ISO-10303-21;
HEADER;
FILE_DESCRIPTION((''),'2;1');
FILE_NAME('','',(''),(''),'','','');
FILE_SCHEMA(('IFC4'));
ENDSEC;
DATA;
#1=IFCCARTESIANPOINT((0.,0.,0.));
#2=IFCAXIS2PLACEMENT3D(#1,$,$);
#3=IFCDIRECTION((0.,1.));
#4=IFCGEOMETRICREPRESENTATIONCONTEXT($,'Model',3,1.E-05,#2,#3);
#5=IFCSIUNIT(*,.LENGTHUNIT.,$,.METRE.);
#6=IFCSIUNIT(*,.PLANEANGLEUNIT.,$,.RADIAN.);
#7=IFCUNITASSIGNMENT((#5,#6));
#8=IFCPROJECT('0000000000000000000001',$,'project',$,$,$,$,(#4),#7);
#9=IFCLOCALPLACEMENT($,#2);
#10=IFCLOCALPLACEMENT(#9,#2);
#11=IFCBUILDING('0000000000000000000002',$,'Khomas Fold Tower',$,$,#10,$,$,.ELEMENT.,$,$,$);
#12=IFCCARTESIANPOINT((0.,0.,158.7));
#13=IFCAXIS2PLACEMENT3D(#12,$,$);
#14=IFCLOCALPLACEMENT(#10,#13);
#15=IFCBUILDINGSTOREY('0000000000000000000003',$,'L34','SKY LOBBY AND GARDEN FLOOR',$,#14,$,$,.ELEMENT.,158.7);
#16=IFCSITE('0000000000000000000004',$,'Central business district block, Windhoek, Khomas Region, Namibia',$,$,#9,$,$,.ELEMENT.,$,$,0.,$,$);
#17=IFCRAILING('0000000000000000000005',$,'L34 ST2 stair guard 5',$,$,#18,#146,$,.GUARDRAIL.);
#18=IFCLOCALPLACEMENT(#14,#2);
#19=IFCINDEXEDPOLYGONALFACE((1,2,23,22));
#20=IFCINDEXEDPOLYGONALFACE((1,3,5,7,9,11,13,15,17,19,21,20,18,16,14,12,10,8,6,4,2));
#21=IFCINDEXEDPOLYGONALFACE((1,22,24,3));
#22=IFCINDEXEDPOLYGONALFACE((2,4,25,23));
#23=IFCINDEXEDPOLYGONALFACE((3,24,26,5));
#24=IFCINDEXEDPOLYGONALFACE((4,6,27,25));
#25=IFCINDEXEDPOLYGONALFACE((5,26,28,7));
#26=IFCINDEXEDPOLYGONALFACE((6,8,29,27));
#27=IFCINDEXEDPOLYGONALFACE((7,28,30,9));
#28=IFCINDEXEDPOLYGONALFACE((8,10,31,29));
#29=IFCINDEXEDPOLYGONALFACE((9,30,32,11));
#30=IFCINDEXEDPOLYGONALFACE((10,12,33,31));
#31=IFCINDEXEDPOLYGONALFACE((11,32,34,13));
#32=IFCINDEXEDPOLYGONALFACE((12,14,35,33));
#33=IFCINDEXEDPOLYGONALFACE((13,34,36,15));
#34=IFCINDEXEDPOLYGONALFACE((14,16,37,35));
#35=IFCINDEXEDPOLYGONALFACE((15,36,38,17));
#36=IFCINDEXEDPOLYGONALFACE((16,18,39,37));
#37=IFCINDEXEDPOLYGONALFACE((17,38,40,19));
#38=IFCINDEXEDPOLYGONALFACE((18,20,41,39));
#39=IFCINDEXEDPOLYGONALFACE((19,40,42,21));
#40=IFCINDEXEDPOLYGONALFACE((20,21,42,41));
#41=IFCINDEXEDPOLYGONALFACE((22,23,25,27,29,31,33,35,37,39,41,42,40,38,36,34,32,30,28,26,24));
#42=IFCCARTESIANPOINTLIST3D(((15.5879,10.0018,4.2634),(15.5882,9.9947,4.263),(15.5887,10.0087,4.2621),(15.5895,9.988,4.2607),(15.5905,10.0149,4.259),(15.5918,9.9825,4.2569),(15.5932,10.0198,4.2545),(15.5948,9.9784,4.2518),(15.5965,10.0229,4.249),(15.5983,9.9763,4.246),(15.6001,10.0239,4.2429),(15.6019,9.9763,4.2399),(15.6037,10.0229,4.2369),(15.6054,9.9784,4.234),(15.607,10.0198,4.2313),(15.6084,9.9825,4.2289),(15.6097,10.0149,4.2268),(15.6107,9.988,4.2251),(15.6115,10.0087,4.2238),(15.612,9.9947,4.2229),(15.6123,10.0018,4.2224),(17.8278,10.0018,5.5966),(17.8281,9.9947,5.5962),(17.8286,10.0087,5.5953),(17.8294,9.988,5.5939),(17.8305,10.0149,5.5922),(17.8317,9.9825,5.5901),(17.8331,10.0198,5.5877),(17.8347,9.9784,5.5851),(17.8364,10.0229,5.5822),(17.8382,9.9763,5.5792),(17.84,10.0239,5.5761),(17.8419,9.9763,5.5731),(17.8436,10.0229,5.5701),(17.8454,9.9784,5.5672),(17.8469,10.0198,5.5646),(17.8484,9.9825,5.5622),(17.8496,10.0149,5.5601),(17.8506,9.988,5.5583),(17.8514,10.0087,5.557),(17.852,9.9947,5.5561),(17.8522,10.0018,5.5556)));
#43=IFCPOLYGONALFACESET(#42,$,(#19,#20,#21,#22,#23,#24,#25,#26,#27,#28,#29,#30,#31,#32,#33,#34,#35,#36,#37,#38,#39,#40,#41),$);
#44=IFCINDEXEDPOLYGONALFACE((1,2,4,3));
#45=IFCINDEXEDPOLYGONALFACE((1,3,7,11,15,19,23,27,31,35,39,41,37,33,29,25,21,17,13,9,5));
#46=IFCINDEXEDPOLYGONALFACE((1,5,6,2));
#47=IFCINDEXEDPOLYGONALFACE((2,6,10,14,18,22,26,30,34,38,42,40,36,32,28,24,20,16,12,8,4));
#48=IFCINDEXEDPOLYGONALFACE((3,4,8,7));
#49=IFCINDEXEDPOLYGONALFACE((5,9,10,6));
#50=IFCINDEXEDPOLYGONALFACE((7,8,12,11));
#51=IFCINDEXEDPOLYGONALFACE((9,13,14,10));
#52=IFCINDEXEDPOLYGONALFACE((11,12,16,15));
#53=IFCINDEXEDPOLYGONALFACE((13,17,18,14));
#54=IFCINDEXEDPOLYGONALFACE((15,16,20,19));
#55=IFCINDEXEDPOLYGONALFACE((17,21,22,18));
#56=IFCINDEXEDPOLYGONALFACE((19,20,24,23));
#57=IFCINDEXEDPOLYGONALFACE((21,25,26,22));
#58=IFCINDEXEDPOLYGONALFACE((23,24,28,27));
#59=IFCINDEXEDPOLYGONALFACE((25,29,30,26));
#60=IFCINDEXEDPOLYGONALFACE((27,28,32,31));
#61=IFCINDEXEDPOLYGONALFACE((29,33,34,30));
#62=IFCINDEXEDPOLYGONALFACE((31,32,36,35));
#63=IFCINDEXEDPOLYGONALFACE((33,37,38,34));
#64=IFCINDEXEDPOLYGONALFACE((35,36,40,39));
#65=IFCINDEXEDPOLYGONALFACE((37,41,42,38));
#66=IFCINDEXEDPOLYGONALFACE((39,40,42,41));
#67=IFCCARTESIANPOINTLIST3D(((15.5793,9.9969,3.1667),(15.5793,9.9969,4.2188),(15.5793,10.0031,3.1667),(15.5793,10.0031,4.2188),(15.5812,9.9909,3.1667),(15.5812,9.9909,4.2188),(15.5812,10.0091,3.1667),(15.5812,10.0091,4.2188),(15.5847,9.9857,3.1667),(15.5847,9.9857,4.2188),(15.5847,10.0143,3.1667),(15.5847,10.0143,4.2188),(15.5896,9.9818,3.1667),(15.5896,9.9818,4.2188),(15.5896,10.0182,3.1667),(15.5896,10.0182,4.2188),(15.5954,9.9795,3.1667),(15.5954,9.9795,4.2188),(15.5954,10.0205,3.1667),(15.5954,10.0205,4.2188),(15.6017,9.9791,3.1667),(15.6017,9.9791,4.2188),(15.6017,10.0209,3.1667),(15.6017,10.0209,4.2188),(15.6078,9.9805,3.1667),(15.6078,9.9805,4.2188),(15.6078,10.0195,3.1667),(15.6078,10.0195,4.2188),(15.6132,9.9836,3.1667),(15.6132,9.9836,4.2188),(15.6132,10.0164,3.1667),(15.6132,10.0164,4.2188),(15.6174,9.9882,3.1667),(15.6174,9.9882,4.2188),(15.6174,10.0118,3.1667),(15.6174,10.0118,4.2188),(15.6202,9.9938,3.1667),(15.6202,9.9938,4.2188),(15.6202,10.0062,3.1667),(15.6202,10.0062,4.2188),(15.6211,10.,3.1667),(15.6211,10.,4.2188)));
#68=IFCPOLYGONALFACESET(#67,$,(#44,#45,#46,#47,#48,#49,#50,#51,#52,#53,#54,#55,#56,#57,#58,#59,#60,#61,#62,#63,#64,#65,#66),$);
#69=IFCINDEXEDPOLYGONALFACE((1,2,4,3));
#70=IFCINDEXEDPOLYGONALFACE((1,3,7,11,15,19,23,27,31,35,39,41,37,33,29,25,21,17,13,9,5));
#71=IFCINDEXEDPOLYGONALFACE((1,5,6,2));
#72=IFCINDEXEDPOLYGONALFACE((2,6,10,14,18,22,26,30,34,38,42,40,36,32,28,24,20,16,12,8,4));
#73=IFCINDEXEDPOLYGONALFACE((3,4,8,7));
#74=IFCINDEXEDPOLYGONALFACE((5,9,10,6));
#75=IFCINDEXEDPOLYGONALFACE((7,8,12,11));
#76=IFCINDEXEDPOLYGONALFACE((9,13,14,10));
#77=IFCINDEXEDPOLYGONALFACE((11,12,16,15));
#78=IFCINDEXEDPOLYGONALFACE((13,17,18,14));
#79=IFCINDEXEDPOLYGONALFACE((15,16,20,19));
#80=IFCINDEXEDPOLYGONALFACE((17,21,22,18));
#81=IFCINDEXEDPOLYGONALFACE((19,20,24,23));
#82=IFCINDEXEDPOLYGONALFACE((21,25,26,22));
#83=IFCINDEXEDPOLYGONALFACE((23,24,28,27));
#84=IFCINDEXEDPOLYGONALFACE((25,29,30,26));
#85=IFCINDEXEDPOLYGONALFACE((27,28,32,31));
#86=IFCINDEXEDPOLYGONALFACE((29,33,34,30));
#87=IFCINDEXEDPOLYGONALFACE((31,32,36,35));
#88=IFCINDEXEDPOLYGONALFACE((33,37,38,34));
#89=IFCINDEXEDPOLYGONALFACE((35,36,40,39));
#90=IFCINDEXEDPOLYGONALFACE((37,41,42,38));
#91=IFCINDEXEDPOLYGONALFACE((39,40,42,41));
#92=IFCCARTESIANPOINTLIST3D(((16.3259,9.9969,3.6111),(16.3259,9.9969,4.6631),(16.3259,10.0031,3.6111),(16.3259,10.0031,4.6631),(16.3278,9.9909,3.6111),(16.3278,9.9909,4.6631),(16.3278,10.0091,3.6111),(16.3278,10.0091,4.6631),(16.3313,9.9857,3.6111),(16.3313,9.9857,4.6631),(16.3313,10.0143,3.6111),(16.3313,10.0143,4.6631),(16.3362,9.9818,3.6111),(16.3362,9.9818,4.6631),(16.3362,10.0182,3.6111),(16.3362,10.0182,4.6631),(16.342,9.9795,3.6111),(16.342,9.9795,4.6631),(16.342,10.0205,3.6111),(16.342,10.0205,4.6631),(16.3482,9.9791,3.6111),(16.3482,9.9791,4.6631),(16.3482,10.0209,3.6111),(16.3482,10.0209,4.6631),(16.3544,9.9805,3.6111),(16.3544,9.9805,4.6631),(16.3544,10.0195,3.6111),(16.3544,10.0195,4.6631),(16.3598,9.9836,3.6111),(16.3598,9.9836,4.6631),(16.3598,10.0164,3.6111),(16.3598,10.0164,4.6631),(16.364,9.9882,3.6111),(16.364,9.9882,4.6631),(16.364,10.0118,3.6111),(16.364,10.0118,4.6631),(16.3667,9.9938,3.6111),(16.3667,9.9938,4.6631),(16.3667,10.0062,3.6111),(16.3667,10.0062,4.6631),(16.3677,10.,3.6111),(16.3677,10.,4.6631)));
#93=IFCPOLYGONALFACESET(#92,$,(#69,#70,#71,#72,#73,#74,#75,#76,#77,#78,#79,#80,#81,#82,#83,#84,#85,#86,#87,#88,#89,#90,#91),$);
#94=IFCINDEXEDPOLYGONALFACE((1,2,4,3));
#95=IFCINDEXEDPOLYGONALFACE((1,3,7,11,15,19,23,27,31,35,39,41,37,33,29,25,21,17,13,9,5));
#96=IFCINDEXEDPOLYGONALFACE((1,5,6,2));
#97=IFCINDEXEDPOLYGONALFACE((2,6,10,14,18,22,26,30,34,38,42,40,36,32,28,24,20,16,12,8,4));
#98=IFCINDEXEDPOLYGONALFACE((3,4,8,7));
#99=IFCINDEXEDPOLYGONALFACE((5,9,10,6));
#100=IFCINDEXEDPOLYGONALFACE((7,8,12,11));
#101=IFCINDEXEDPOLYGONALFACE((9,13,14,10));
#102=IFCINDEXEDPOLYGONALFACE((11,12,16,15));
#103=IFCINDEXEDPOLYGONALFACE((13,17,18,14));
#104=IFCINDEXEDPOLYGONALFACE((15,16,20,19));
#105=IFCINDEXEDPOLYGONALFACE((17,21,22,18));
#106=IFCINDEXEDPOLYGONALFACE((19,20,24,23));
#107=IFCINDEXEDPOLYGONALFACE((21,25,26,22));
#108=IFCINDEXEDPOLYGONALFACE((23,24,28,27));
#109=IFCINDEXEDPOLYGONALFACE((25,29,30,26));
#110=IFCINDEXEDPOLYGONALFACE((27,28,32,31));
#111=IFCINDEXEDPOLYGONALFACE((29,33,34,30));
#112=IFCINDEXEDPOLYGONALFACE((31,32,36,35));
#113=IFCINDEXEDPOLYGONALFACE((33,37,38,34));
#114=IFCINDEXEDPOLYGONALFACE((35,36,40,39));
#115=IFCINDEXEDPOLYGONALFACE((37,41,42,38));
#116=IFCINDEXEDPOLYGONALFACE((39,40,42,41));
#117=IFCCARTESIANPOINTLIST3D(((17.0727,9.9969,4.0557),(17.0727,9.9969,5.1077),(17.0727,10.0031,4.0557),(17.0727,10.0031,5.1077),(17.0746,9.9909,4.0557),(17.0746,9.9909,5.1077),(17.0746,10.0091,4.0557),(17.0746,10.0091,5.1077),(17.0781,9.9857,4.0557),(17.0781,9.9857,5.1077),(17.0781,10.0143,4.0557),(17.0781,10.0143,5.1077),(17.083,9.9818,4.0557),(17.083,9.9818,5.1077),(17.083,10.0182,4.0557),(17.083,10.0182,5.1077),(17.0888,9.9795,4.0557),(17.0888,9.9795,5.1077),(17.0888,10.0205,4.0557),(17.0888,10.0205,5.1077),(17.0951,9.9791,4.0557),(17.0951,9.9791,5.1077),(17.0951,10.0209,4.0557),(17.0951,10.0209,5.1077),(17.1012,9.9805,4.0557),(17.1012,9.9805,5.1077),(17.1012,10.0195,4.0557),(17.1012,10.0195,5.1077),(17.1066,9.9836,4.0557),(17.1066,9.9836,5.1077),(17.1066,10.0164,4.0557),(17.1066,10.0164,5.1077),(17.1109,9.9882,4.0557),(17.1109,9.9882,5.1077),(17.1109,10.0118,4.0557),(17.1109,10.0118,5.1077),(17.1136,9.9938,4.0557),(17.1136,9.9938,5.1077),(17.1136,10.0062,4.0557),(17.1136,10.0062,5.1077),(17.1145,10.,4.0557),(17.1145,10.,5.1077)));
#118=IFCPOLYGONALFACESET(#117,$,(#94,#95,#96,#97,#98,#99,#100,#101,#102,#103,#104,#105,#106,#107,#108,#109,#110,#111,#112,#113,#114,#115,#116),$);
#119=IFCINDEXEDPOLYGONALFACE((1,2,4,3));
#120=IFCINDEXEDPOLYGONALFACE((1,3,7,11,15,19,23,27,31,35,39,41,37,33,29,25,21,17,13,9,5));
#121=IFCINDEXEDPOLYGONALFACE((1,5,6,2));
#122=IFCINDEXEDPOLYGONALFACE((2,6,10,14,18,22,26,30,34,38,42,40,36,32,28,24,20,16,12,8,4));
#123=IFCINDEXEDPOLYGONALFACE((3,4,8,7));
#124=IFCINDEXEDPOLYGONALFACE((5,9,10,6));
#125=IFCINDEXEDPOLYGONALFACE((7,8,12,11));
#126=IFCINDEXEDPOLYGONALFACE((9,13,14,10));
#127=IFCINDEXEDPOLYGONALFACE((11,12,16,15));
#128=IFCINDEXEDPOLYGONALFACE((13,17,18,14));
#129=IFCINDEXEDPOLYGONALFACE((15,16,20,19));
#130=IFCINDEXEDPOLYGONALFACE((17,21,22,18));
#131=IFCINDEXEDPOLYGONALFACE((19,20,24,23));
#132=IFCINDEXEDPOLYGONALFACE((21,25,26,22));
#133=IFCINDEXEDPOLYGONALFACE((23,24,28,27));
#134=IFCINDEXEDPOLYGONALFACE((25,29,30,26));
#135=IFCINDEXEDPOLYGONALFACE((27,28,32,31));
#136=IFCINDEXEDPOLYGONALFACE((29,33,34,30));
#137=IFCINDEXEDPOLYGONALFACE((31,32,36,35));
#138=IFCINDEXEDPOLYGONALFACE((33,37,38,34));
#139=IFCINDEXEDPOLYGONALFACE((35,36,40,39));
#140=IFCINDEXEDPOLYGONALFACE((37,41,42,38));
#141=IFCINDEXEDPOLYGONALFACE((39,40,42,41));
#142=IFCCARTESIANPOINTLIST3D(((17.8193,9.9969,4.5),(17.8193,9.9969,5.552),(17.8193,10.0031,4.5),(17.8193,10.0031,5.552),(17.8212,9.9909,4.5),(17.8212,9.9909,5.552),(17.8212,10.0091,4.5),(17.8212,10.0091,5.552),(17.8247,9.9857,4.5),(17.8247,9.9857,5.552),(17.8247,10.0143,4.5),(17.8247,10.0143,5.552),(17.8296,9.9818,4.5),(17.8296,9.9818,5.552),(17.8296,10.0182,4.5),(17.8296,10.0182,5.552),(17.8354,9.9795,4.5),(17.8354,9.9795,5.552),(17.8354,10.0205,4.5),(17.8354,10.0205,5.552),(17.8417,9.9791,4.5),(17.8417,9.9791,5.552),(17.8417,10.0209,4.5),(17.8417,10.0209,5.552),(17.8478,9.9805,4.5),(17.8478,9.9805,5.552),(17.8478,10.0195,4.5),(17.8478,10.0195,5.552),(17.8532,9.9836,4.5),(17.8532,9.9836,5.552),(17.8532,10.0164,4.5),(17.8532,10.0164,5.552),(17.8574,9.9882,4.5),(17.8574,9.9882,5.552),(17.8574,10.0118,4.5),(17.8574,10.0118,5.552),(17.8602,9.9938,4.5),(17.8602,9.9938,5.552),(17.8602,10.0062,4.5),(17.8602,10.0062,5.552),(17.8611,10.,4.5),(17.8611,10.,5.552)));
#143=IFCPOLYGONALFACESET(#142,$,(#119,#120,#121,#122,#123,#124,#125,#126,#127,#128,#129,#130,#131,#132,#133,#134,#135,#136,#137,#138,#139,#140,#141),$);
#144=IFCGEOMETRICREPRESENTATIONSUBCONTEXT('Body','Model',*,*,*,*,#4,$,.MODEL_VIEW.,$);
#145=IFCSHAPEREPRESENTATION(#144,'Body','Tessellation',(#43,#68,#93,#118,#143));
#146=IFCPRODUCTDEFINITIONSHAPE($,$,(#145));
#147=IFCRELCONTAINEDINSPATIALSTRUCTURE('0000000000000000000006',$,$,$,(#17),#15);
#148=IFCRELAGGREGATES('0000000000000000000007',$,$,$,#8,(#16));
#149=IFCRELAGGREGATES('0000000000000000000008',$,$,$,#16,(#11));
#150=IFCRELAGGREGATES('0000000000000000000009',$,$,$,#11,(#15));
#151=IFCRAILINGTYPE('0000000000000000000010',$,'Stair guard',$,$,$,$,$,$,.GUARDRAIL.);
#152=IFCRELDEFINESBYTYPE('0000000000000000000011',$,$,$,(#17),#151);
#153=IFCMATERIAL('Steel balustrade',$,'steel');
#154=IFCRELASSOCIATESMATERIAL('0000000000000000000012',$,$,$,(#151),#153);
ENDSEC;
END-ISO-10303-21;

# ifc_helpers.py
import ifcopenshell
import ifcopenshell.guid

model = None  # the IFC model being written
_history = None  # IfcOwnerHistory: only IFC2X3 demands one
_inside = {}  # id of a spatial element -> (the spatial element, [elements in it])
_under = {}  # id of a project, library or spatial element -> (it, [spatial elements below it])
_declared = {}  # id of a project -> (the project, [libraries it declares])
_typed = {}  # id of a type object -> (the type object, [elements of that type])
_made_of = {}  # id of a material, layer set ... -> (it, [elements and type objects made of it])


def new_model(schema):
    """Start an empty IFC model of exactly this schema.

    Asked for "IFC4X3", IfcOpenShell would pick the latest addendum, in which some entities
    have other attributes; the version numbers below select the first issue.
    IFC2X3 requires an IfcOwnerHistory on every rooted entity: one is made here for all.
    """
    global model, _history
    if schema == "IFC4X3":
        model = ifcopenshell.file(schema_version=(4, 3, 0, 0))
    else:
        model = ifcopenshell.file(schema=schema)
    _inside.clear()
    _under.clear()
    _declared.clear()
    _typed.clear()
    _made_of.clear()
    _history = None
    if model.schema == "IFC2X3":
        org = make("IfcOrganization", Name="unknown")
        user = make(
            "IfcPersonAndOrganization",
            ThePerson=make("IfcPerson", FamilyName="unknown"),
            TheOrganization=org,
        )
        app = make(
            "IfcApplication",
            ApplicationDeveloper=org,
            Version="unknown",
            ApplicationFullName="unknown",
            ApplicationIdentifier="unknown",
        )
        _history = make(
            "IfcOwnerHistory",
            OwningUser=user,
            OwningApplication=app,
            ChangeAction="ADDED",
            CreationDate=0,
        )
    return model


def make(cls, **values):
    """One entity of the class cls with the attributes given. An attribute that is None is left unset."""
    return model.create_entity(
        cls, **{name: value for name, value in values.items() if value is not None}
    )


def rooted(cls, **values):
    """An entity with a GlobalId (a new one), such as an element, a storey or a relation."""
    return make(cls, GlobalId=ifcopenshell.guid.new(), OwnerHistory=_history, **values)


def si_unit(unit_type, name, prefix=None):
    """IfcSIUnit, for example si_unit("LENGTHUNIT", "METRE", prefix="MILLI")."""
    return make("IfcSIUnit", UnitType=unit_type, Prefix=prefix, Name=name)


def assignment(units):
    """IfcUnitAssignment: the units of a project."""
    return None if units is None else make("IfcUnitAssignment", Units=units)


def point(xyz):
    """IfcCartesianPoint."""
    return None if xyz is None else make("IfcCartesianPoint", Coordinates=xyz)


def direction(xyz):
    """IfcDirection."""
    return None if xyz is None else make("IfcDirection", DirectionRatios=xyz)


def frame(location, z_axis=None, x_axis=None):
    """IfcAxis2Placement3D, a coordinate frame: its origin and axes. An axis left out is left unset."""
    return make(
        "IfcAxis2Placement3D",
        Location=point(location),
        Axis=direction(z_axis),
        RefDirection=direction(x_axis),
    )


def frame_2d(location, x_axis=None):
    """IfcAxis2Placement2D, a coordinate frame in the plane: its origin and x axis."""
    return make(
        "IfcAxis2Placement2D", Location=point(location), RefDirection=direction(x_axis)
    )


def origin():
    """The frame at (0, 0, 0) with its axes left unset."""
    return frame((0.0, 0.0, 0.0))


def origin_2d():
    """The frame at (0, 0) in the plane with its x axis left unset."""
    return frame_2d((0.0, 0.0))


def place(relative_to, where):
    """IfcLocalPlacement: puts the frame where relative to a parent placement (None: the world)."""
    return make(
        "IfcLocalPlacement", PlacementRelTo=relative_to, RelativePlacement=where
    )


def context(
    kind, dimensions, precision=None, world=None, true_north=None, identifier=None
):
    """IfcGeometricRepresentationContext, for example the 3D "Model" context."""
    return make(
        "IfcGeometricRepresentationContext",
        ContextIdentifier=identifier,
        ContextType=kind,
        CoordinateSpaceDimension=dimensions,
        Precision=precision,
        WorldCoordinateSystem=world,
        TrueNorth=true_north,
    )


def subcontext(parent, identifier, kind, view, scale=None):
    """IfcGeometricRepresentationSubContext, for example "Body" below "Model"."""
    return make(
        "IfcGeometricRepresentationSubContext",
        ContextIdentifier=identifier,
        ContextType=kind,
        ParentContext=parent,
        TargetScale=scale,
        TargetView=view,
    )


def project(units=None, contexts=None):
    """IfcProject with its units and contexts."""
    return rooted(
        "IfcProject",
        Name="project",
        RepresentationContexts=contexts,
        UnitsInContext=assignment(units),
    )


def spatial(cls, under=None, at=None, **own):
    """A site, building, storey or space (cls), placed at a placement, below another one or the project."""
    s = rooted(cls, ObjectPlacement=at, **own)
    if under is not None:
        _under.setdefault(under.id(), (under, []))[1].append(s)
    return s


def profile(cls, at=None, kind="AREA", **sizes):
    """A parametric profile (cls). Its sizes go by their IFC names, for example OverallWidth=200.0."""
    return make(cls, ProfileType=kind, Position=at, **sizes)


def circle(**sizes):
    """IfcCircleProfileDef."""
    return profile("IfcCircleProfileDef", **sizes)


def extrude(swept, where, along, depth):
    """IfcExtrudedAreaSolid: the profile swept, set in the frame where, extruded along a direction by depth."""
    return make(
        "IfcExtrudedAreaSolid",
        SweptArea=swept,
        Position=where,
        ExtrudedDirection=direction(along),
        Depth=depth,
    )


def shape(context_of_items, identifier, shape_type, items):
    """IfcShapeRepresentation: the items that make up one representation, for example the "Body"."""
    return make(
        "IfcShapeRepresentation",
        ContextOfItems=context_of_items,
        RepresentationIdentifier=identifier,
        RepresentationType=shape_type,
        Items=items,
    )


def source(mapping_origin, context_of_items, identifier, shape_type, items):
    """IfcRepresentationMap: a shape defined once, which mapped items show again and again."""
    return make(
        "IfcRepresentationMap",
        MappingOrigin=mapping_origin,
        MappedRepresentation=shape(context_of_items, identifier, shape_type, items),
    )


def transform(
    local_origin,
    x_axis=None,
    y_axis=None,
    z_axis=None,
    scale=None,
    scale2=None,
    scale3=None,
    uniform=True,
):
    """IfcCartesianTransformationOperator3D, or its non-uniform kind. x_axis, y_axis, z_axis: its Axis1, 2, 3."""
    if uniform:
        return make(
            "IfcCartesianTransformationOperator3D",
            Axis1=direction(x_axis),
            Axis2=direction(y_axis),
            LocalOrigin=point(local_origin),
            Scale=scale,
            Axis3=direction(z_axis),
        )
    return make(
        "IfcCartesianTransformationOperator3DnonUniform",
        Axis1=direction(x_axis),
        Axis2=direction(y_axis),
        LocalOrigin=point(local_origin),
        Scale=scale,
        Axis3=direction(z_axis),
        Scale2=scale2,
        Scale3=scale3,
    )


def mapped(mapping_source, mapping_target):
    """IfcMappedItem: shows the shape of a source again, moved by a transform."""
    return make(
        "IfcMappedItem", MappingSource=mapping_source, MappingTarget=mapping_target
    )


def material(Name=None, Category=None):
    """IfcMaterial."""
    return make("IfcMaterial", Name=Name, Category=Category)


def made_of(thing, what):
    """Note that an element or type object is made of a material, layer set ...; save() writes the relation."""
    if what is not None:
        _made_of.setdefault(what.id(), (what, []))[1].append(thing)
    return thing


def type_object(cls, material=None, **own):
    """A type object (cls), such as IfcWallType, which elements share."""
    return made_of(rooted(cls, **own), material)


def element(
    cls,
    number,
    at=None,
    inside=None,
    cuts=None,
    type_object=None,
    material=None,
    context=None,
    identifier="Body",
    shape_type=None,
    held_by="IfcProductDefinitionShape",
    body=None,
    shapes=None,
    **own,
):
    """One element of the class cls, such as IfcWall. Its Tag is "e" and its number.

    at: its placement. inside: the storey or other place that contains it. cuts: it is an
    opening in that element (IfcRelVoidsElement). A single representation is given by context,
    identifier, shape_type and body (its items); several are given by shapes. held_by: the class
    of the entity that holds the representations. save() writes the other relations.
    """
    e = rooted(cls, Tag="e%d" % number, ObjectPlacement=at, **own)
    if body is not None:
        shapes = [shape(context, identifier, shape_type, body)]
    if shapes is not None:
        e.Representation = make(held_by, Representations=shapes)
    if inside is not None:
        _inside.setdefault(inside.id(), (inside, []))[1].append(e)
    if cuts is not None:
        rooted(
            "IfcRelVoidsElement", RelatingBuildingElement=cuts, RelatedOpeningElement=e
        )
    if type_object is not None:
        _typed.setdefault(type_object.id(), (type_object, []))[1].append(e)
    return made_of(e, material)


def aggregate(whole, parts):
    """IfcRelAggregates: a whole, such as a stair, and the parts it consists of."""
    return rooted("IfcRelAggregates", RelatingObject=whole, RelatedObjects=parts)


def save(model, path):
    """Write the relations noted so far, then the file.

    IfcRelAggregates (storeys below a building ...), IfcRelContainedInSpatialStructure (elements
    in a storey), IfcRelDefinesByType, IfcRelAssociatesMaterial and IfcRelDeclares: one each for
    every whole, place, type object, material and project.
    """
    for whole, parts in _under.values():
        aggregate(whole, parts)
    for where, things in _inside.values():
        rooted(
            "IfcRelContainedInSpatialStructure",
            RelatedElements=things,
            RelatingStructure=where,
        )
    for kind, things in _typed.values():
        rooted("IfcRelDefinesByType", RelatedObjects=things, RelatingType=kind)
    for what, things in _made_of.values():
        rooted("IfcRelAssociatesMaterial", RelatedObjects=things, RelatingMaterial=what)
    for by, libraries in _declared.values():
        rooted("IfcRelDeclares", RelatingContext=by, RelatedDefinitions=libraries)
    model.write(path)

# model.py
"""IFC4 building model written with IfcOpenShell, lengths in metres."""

from ifc_helpers import new_model, si_unit, direction, frame, origin, origin_2d, place, context, subcontext, project, spatial, circle, extrude, source, transform, mapped, material, type_object, element, save


model = new_model("IFC4")

# Units and contexts
model_context = context("Model", 3, precision=1e-05, world=origin(), true_north=direction((0.0, 1.0)))
body_context = subcontext(model_context, "Body", "Model", "MODEL_VIEW")
ifc_project = project(units=[si_unit("LENGTHUNIT", "METRE"), si_unit("PLANEANGLEUNIT", "RADIAN")], contexts=[model_context])

# Site, building, storey
site_placement = place(None, origin())
site = spatial("IfcSite", under=ifc_project, at=site_placement, Name="Central business district block, Windhoek, Khomas Region, Namibia", CompositionType="ELEMENT", RefElevation=0.0)
building_placement = place(site_placement, origin())
building = spatial("IfcBuilding", under=site, at=building_placement, Name="Khomas Fold Tower", CompositionType="ELEMENT")
storey_placement = place(building_placement, frame((0.0, 0.0, 158.7)))
storey = spatial("IfcBuildingStorey", under=building, at=storey_placement, Name="L34", Description="SKY LOBBY AND GARDEN FLOOR", CompositionType="ELEMENT", Elevation=158.7)

# Railing
ifc_material_1 = material(Name="Steel balustrade", Category="steel")
railing_type_1 = type_object("IfcRailingType", Name="Stair guard", PredefinedType="GUARDRAIL", material=ifc_material_1)
shared_shape_1 = source(origin(), body_context, "Body", "SweptSolid", [
    extrude(circle(Radius=0.0239, at=origin_2d()), frame((0.0, 0.0, 1.0762), z_axis=(0.859306, 0.0, 0.511462), x_axis=(0.0, 1.0, 0.0)), (0.0, 0.0, 1.0), 2.6067),
    extrude(circle(Radius=0.021, at=origin_2d()), origin(), (0.0, 0.0, 1.0), 1.052),
    extrude(circle(Radius=0.021, at=origin_2d()), frame((0.7466, 0.0, 0.4443)), (0.0, 0.0, 1.0), 1.052),
    extrude(circle(Radius=0.021, at=origin_2d()), frame((1.4934, 0.0, 0.8889)), (0.0, 0.0, 1.0), 1.052),
    extrude(circle(Radius=0.021, at=origin_2d()), frame((2.24, 0.0, 1.3333)), (0.0, 0.0, 1.0), 1.052),
])
for number, where, name in (
    (1, (15.6001, 10.0, 3.1667), "L34 ST2 stair guard 5"),
):
    element("IfcRailing", number, at=place(storey_placement, frame(where)), inside=storey, type_object=railing_type_1, Name=name, PredefinedType="GUARDRAIL", context=body_context, shape_type="MappedRepresentation", body=[
        mapped(shared_shape_1, transform((0.0, 0.0, 0.0))),
    ])

save(model, "model.ifc")
